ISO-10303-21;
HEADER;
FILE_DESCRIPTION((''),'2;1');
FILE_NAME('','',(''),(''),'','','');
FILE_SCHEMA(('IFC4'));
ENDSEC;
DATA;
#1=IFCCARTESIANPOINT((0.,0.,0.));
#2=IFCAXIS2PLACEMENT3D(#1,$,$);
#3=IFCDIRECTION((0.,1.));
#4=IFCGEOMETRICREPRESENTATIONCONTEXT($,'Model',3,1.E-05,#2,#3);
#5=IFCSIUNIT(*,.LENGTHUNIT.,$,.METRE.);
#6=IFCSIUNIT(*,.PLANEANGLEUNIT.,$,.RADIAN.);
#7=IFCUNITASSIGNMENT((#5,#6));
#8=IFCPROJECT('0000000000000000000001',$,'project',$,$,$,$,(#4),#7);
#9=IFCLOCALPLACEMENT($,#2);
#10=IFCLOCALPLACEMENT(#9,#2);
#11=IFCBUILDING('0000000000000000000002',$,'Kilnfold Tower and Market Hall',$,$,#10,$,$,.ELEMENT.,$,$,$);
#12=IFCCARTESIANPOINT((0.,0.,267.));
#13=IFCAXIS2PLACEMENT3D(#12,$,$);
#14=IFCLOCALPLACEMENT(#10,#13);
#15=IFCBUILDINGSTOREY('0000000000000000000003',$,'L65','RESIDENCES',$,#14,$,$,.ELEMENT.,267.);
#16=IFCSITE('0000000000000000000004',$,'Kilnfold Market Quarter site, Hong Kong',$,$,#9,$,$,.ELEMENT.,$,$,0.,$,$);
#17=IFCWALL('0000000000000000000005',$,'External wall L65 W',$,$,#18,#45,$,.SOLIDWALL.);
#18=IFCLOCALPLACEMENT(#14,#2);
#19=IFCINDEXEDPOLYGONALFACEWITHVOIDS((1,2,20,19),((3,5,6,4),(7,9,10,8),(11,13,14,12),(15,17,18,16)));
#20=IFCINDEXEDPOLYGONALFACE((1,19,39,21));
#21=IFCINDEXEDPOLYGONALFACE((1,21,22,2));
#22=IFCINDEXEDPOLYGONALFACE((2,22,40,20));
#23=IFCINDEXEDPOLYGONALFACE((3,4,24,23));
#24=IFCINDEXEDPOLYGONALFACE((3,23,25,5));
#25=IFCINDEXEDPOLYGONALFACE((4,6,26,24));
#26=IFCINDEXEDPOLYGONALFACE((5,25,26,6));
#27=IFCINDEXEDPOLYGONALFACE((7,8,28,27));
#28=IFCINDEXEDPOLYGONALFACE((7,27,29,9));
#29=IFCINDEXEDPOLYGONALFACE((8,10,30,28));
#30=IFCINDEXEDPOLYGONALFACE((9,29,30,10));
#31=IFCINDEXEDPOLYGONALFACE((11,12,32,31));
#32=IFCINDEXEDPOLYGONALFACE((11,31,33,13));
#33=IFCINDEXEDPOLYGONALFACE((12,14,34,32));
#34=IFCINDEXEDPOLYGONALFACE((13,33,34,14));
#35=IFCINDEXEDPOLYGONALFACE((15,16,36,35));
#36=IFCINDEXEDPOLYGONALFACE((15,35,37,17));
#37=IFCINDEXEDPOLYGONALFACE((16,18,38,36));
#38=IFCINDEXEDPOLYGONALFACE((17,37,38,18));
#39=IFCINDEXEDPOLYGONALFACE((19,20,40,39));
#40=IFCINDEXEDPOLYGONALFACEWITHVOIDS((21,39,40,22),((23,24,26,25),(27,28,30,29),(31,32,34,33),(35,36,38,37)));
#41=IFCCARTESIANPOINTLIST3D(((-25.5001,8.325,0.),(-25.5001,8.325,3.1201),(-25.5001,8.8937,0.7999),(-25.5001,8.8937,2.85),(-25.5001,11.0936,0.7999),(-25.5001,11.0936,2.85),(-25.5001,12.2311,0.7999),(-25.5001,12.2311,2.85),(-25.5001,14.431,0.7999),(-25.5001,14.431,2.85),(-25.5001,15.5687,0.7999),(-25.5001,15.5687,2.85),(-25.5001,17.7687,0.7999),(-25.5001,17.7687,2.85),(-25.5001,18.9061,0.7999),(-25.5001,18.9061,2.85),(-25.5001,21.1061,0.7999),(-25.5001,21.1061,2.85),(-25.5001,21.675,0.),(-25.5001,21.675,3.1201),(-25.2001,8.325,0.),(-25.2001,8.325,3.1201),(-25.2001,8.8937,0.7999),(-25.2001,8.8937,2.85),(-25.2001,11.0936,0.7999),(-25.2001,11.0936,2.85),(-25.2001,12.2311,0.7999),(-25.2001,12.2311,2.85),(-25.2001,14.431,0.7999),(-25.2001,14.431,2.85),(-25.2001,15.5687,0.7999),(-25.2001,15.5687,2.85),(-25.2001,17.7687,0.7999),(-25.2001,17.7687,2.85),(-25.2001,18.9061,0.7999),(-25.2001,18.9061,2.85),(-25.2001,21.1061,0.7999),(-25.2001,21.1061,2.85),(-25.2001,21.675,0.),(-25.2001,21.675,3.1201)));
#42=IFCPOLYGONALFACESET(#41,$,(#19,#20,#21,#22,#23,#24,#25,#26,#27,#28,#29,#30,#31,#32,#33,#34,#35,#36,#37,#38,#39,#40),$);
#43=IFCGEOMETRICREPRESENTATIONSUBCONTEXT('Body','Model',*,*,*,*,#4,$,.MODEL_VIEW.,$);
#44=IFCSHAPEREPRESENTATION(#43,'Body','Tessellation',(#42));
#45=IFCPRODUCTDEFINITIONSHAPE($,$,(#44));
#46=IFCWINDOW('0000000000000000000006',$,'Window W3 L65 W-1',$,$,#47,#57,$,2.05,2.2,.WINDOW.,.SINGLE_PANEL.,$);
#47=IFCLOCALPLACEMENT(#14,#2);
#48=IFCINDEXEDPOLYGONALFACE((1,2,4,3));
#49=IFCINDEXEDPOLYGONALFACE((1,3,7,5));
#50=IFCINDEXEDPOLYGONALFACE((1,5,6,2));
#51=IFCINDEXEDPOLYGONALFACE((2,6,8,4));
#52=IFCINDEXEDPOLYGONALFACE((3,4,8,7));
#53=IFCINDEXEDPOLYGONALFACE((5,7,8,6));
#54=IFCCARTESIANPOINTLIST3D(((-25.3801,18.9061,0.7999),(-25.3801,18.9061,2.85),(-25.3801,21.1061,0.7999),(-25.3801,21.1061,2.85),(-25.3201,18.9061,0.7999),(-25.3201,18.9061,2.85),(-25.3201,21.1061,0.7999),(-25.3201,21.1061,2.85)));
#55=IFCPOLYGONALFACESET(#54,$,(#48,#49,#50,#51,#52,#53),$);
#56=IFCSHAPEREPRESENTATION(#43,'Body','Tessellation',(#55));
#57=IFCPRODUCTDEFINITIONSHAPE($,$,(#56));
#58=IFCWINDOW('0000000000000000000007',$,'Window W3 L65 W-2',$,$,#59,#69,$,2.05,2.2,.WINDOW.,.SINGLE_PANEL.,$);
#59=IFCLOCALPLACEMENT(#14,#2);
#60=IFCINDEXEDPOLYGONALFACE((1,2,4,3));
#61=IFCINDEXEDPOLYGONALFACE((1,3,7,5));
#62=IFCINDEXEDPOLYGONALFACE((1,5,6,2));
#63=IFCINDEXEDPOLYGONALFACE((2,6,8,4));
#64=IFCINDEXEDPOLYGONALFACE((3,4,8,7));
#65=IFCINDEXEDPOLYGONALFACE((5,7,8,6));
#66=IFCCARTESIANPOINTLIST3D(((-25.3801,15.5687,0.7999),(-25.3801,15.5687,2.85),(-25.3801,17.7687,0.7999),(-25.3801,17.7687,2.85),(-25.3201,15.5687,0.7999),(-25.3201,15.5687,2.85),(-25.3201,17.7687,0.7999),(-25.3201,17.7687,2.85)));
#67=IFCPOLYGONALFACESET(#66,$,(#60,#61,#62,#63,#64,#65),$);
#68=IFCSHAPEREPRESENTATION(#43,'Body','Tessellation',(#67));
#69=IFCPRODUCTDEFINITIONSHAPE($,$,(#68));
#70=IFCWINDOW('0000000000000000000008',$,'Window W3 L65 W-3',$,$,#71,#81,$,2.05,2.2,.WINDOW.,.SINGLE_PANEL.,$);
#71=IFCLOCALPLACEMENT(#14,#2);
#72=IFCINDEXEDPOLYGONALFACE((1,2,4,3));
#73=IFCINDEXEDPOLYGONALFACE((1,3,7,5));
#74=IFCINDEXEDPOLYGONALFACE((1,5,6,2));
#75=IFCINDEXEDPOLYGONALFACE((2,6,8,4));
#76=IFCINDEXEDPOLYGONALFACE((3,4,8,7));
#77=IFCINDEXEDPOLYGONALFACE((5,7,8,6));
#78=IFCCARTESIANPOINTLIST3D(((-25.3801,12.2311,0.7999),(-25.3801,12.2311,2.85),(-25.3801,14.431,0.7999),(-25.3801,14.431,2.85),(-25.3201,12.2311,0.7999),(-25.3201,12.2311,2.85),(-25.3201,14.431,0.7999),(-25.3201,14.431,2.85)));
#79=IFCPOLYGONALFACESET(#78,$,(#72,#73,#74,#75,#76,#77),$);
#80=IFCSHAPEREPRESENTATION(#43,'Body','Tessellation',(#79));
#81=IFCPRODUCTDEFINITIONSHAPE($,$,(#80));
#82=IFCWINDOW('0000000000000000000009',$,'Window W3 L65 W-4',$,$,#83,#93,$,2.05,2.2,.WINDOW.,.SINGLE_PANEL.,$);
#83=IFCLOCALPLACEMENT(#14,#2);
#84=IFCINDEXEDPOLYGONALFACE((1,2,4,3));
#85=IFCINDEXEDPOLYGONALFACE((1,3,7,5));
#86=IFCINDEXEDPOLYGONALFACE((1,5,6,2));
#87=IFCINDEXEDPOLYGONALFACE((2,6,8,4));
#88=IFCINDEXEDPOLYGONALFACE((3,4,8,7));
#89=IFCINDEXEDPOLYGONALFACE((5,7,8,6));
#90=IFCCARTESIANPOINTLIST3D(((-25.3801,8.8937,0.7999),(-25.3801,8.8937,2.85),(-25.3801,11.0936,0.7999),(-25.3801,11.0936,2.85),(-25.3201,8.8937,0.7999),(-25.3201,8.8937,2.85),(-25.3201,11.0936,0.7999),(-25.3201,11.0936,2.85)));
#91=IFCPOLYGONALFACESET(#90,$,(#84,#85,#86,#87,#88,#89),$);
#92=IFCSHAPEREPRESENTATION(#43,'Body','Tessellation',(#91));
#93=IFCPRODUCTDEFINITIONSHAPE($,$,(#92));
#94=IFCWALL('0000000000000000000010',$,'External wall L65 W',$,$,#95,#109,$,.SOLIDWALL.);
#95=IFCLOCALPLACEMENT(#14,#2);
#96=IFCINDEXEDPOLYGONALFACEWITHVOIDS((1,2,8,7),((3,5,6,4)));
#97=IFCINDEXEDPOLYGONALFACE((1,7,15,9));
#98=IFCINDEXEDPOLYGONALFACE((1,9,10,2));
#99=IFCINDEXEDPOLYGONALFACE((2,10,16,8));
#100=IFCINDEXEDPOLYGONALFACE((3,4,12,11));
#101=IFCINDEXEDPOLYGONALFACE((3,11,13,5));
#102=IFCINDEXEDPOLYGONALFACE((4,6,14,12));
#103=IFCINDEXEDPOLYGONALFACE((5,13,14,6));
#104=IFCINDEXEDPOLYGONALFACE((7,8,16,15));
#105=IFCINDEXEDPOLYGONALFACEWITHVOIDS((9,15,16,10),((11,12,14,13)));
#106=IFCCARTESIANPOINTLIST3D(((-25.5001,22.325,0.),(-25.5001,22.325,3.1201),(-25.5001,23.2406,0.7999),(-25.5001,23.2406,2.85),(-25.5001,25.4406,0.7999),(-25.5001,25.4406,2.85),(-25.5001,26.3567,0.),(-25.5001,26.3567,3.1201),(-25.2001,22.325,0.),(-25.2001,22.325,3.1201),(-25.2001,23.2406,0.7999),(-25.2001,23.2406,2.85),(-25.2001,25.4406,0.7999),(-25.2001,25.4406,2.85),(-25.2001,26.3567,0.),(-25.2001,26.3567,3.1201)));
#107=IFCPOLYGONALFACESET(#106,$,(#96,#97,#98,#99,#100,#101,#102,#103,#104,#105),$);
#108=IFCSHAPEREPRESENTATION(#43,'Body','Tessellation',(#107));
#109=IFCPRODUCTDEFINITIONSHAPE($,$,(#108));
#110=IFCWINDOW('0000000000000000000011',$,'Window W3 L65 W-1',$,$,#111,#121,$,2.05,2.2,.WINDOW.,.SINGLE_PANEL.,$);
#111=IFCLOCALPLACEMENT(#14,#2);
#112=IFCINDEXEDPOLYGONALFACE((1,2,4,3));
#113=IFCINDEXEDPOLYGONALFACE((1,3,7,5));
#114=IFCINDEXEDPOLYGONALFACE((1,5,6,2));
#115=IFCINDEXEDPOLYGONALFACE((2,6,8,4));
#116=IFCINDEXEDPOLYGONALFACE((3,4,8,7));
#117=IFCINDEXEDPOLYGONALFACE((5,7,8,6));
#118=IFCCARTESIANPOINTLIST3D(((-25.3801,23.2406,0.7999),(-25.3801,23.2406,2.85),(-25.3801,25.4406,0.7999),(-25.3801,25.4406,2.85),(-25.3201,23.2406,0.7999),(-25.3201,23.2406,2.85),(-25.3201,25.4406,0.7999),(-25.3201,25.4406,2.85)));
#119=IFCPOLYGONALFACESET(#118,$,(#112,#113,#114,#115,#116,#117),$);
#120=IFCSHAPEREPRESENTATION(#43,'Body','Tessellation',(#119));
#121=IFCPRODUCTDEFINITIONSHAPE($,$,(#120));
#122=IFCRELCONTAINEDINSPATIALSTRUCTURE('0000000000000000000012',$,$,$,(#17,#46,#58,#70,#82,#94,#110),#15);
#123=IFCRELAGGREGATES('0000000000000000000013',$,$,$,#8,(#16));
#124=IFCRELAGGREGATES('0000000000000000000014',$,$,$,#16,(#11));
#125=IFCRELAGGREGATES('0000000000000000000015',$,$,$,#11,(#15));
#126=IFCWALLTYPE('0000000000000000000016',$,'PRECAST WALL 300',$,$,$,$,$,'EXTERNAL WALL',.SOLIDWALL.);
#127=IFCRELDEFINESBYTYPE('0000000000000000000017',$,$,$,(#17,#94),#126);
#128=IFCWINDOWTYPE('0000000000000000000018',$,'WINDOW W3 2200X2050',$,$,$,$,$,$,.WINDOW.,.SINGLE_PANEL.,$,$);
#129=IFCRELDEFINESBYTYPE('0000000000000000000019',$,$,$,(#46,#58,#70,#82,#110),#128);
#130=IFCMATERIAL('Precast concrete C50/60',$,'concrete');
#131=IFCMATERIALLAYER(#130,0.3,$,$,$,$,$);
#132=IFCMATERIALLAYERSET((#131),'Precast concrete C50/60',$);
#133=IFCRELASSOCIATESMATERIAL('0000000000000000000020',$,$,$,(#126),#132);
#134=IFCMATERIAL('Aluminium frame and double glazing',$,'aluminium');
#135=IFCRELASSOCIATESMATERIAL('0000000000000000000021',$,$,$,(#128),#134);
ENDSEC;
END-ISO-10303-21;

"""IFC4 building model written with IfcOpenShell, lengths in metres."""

from ifc_helpers import new_model, si_unit, direction, frame, frame_2d, origin, place, context, subcontext, project, spatial, rectangle, extrude, source, transform, mapped, material, layer, layer_set, type_object, element, fill, save


model = new_model("IFC4")

# Units and contexts
model_context = context("Model", 3, precision=1e-05, world=origin(), true_north=direction((0.0, 1.0)))
body_context = subcontext(model_context, "Body", "Model", "MODEL_VIEW")
ifc_project = project(units=[si_unit("LENGTHUNIT", "METRE"), si_unit("PLANEANGLEUNIT", "RADIAN")], contexts=[model_context])

# Site, building, storey
site_placement = place(None, origin())
site = spatial("IfcSite", under=ifc_project, at=site_placement, Name="Kilnfold Market Quarter site, Hong Kong", CompositionType="ELEMENT", RefElevation=0.0)
building_placement = place(site_placement, origin())
building = spatial("IfcBuilding", under=site, at=building_placement, Name="Kilnfold Tower and Market Hall", CompositionType="ELEMENT")
storey_placement = place(building_placement, frame((0.0, 0.0, 267.0)))
storey = spatial("IfcBuildingStorey", under=building, at=storey_placement, Name="L65", Description="RESIDENCES", CompositionType="ELEMENT", Elevation=267.0)

# Shared definitions
ifc_material_1 = material(Name="Precast concrete C50/60", Category="concrete")
ifc_layer_1 = layer(ifc_material_1, 0.3)
ifc_layer_set_1 = layer_set([ifc_layer_1], Name="Precast concrete C50/60")
wall_type_1 = type_object("IfcWallType", Name="PRECAST WALL 300", ElementType="EXTERNAL WALL", PredefinedType="SOLIDWALL", material=ifc_layer_set_1)
ifc_material_2 = material(Name="Aluminium frame and double glazing", Category="aluminium")
window_type = type_object("IfcWindowType", Name="WINDOW W3 2200X2050", PartitioningType="SINGLE_PANEL", PredefinedType="WINDOW", material=ifc_material_2)

# Wall, openings, windows
shared_shape_1 = source(origin(), body_context, "Body", "SweptSolid", [
    extrude(rectangle(XDim=13.3501, YDim=0.3, at=frame_2d((6.675, 0.0))), origin(), (0.0, 0.0, 1.0), 3.1201),
])
wall_1_placement = place(storey_placement, frame((-25.3501, 21.675, 0.0), z_axis=(0.0, 0.0, 1.0), x_axis=(0.0, -1.0, 0.0)))
wall_1 = element("IfcWall", 1, at=wall_1_placement, inside=storey, type_object=wall_type_1, Name="External wall L65 W", PredefinedType="SOLIDWALL", context=body_context, shape_type="MappedRepresentation", body=[
    mapped(shared_shape_1, transform((0.0, 0.0, 0.0))),
])
opening_1_placement = place(wall_1_placement, frame((0.5688, 0.0, 0.8)))
opening_1 = element("IfcOpeningElement", 2, at=opening_1_placement, cuts=wall_1, PredefinedType="OPENING", context=body_context, shape_type="SweptSolid", body=[
    extrude(rectangle(XDim=2.2, YDim=2.05, at=frame_2d((1.1001, 1.0249))), frame((0.0, 0.1602, 0.0), z_axis=(0.0, -1.0, 0.0), x_axis=(1.0, 0.0, 0.0)), (0.0, 0.0, 1.0), 0.3201),
])
opening_2_placement = place(wall_1_placement, frame((3.9062, 0.0, 0.8)))
opening_2 = element("IfcOpeningElement", 3, at=opening_2_placement, cuts=wall_1, PredefinedType="OPENING", context=body_context, shape_type="SweptSolid", body=[
    extrude(rectangle(XDim=2.2, YDim=2.05, at=frame_2d((1.1001, 1.0249))), frame((0.0, 0.1602, 0.0), z_axis=(0.0, -1.0, 0.0), x_axis=(1.0, 0.0, 0.0)), (0.0, 0.0, 1.0), 0.3201),
])
opening_3_placement = place(wall_1_placement, frame((7.2439, 0.0, 0.8)))
opening_3 = element("IfcOpeningElement", 4, at=opening_3_placement, cuts=wall_1, PredefinedType="OPENING", context=body_context, shape_type="SweptSolid", body=[
    extrude(rectangle(XDim=2.2, YDim=2.05, at=frame_2d((1.1001, 1.0249))), frame((0.0, 0.1602, 0.0), z_axis=(0.0, -1.0, 0.0), x_axis=(1.0, 0.0, 0.0)), (0.0, 0.0, 1.0), 0.3201),
])
opening_4_placement = place(wall_1_placement, frame((10.5813, 0.0, 0.8)))
opening_4 = element("IfcOpeningElement", 5, at=opening_4_placement, cuts=wall_1, PredefinedType="OPENING", context=body_context, shape_type="SweptSolid", body=[
    extrude(rectangle(XDim=2.2, YDim=2.05, at=frame_2d((1.1001, 1.0249))), frame((0.0, 0.1602, 0.0), z_axis=(0.0, -1.0, 0.0), x_axis=(1.0, 0.0, 0.0)), (0.0, 0.0, 1.0), 0.3201),
])
window_1_placement = place(opening_1_placement, origin())
window_1 = element("IfcWindow", 6, at=window_1_placement, inside=storey, type_object=window_type, Name="Window W3 L65 W-1", OverallHeight=2.05, OverallWidth=2.2, PartitioningType="SINGLE_PANEL", PredefinedType="WINDOW", context=body_context, shape_type="SweptSolid", body=[
    extrude(rectangle(XDim=2.2, YDim=2.05, at=frame_2d((1.1001, 1.0249))), frame((0.0, 0.03, 0.0), z_axis=(0.0, -1.0, 0.0), x_axis=(1.0, 0.0, 0.0)), (0.0, 0.0, 1.0), 0.0601),
])
fill(opening_1, window_1)
window_2_placement = place(opening_2_placement, origin())
window_2 = element("IfcWindow", 7, at=window_2_placement, inside=storey, type_object=window_type, Name="Window W3 L65 W-2", OverallHeight=2.05, OverallWidth=2.2, PartitioningType="SINGLE_PANEL", PredefinedType="WINDOW", context=body_context, shape_type="SweptSolid", body=[
    extrude(rectangle(XDim=2.2, YDim=2.05, at=frame_2d((1.1001, 1.0249))), frame((0.0, 0.03, 0.0), z_axis=(0.0, -1.0, 0.0), x_axis=(1.0, 0.0, 0.0)), (0.0, 0.0, 1.0), 0.0601),
])
fill(opening_2, window_2)
window_3_placement = place(opening_3_placement, origin())
window_3 = element("IfcWindow", 8, at=window_3_placement, inside=storey, type_object=window_type, Name="Window W3 L65 W-3", OverallHeight=2.05, OverallWidth=2.2, PartitioningType="SINGLE_PANEL", PredefinedType="WINDOW", context=body_context, shape_type="SweptSolid", body=[
    extrude(rectangle(XDim=2.2, YDim=2.05, at=frame_2d((1.1001, 1.0249))), frame((0.0, 0.03, 0.0), z_axis=(0.0, -1.0, 0.0), x_axis=(1.0, 0.0, 0.0)), (0.0, 0.0, 1.0), 0.0601),
])
fill(opening_3, window_3)
window_4_placement = place(opening_4_placement, origin())
window_4 = element("IfcWindow", 9, at=window_4_placement, inside=storey, type_object=window_type, Name="Window W3 L65 W-4", OverallHeight=2.05, OverallWidth=2.2, PartitioningType="SINGLE_PANEL", PredefinedType="WINDOW", context=body_context, shape_type="SweptSolid", body=[
    extrude(rectangle(XDim=2.2, YDim=2.05, at=frame_2d((1.1001, 1.0249))), frame((0.0, 0.03, 0.0), z_axis=(0.0, -1.0, 0.0), x_axis=(1.0, 0.0, 0.0)), (0.0, 0.0, 1.0), 0.0601),
])
fill(opening_4, window_4)

# Wall, opening, window
shared_shape_2 = source(origin(), body_context, "Body", "SweptSolid", [
    extrude(rectangle(XDim=4.0317, YDim=0.3, at=frame_2d((2.0159, 0.0))), origin(), (0.0, 0.0, 1.0), 3.1201),
])
wall_2_placement = place(storey_placement, frame((-25.3501, 26.3567, 0.0), z_axis=(0.0, 0.0, 1.0), x_axis=(0.0, -1.0, 0.0)))
wall_2 = element("IfcWall", 10, at=wall_2_placement, inside=storey, type_object=wall_type_1, Name="External wall L65 W", PredefinedType="SOLIDWALL", context=body_context, shape_type="MappedRepresentation", body=[
    mapped(shared_shape_2, transform((0.0, 0.0, 0.0))),
])
opening_5_placement = place(wall_2_placement, frame((0.916, 0.0, 0.8)))
opening_5 = element("IfcOpeningElement", 11, at=opening_5_placement, cuts=wall_2, PredefinedType="OPENING", context=body_context, shape_type="SweptSolid", body=[
    extrude(rectangle(XDim=2.2, YDim=2.05, at=frame_2d((1.1001, 1.0249))), frame((0.0, 0.1602, 0.0), z_axis=(0.0, -1.0, 0.0), x_axis=(1.0, 0.0, 0.0)), (0.0, 0.0, 1.0), 0.3201),
])
window_5_placement = place(opening_5_placement, origin())
window_5 = element("IfcWindow", 12, at=window_5_placement, inside=storey, type_object=window_type, Name="Window W3 L65 W-1", OverallHeight=2.05, OverallWidth=2.2, PartitioningType="SINGLE_PANEL", PredefinedType="WINDOW", context=body_context, shape_type="SweptSolid", body=[
    extrude(rectangle(XDim=2.2, YDim=2.05, at=frame_2d((1.1001, 1.0249))), frame((0.0, 0.03, 0.0), z_axis=(0.0, -1.0, 0.0), x_axis=(1.0, 0.0, 0.0)), (0.0, 0.0, 1.0), 0.0601),
])
fill(opening_5, window_5)

save(model, "model.ifc")
